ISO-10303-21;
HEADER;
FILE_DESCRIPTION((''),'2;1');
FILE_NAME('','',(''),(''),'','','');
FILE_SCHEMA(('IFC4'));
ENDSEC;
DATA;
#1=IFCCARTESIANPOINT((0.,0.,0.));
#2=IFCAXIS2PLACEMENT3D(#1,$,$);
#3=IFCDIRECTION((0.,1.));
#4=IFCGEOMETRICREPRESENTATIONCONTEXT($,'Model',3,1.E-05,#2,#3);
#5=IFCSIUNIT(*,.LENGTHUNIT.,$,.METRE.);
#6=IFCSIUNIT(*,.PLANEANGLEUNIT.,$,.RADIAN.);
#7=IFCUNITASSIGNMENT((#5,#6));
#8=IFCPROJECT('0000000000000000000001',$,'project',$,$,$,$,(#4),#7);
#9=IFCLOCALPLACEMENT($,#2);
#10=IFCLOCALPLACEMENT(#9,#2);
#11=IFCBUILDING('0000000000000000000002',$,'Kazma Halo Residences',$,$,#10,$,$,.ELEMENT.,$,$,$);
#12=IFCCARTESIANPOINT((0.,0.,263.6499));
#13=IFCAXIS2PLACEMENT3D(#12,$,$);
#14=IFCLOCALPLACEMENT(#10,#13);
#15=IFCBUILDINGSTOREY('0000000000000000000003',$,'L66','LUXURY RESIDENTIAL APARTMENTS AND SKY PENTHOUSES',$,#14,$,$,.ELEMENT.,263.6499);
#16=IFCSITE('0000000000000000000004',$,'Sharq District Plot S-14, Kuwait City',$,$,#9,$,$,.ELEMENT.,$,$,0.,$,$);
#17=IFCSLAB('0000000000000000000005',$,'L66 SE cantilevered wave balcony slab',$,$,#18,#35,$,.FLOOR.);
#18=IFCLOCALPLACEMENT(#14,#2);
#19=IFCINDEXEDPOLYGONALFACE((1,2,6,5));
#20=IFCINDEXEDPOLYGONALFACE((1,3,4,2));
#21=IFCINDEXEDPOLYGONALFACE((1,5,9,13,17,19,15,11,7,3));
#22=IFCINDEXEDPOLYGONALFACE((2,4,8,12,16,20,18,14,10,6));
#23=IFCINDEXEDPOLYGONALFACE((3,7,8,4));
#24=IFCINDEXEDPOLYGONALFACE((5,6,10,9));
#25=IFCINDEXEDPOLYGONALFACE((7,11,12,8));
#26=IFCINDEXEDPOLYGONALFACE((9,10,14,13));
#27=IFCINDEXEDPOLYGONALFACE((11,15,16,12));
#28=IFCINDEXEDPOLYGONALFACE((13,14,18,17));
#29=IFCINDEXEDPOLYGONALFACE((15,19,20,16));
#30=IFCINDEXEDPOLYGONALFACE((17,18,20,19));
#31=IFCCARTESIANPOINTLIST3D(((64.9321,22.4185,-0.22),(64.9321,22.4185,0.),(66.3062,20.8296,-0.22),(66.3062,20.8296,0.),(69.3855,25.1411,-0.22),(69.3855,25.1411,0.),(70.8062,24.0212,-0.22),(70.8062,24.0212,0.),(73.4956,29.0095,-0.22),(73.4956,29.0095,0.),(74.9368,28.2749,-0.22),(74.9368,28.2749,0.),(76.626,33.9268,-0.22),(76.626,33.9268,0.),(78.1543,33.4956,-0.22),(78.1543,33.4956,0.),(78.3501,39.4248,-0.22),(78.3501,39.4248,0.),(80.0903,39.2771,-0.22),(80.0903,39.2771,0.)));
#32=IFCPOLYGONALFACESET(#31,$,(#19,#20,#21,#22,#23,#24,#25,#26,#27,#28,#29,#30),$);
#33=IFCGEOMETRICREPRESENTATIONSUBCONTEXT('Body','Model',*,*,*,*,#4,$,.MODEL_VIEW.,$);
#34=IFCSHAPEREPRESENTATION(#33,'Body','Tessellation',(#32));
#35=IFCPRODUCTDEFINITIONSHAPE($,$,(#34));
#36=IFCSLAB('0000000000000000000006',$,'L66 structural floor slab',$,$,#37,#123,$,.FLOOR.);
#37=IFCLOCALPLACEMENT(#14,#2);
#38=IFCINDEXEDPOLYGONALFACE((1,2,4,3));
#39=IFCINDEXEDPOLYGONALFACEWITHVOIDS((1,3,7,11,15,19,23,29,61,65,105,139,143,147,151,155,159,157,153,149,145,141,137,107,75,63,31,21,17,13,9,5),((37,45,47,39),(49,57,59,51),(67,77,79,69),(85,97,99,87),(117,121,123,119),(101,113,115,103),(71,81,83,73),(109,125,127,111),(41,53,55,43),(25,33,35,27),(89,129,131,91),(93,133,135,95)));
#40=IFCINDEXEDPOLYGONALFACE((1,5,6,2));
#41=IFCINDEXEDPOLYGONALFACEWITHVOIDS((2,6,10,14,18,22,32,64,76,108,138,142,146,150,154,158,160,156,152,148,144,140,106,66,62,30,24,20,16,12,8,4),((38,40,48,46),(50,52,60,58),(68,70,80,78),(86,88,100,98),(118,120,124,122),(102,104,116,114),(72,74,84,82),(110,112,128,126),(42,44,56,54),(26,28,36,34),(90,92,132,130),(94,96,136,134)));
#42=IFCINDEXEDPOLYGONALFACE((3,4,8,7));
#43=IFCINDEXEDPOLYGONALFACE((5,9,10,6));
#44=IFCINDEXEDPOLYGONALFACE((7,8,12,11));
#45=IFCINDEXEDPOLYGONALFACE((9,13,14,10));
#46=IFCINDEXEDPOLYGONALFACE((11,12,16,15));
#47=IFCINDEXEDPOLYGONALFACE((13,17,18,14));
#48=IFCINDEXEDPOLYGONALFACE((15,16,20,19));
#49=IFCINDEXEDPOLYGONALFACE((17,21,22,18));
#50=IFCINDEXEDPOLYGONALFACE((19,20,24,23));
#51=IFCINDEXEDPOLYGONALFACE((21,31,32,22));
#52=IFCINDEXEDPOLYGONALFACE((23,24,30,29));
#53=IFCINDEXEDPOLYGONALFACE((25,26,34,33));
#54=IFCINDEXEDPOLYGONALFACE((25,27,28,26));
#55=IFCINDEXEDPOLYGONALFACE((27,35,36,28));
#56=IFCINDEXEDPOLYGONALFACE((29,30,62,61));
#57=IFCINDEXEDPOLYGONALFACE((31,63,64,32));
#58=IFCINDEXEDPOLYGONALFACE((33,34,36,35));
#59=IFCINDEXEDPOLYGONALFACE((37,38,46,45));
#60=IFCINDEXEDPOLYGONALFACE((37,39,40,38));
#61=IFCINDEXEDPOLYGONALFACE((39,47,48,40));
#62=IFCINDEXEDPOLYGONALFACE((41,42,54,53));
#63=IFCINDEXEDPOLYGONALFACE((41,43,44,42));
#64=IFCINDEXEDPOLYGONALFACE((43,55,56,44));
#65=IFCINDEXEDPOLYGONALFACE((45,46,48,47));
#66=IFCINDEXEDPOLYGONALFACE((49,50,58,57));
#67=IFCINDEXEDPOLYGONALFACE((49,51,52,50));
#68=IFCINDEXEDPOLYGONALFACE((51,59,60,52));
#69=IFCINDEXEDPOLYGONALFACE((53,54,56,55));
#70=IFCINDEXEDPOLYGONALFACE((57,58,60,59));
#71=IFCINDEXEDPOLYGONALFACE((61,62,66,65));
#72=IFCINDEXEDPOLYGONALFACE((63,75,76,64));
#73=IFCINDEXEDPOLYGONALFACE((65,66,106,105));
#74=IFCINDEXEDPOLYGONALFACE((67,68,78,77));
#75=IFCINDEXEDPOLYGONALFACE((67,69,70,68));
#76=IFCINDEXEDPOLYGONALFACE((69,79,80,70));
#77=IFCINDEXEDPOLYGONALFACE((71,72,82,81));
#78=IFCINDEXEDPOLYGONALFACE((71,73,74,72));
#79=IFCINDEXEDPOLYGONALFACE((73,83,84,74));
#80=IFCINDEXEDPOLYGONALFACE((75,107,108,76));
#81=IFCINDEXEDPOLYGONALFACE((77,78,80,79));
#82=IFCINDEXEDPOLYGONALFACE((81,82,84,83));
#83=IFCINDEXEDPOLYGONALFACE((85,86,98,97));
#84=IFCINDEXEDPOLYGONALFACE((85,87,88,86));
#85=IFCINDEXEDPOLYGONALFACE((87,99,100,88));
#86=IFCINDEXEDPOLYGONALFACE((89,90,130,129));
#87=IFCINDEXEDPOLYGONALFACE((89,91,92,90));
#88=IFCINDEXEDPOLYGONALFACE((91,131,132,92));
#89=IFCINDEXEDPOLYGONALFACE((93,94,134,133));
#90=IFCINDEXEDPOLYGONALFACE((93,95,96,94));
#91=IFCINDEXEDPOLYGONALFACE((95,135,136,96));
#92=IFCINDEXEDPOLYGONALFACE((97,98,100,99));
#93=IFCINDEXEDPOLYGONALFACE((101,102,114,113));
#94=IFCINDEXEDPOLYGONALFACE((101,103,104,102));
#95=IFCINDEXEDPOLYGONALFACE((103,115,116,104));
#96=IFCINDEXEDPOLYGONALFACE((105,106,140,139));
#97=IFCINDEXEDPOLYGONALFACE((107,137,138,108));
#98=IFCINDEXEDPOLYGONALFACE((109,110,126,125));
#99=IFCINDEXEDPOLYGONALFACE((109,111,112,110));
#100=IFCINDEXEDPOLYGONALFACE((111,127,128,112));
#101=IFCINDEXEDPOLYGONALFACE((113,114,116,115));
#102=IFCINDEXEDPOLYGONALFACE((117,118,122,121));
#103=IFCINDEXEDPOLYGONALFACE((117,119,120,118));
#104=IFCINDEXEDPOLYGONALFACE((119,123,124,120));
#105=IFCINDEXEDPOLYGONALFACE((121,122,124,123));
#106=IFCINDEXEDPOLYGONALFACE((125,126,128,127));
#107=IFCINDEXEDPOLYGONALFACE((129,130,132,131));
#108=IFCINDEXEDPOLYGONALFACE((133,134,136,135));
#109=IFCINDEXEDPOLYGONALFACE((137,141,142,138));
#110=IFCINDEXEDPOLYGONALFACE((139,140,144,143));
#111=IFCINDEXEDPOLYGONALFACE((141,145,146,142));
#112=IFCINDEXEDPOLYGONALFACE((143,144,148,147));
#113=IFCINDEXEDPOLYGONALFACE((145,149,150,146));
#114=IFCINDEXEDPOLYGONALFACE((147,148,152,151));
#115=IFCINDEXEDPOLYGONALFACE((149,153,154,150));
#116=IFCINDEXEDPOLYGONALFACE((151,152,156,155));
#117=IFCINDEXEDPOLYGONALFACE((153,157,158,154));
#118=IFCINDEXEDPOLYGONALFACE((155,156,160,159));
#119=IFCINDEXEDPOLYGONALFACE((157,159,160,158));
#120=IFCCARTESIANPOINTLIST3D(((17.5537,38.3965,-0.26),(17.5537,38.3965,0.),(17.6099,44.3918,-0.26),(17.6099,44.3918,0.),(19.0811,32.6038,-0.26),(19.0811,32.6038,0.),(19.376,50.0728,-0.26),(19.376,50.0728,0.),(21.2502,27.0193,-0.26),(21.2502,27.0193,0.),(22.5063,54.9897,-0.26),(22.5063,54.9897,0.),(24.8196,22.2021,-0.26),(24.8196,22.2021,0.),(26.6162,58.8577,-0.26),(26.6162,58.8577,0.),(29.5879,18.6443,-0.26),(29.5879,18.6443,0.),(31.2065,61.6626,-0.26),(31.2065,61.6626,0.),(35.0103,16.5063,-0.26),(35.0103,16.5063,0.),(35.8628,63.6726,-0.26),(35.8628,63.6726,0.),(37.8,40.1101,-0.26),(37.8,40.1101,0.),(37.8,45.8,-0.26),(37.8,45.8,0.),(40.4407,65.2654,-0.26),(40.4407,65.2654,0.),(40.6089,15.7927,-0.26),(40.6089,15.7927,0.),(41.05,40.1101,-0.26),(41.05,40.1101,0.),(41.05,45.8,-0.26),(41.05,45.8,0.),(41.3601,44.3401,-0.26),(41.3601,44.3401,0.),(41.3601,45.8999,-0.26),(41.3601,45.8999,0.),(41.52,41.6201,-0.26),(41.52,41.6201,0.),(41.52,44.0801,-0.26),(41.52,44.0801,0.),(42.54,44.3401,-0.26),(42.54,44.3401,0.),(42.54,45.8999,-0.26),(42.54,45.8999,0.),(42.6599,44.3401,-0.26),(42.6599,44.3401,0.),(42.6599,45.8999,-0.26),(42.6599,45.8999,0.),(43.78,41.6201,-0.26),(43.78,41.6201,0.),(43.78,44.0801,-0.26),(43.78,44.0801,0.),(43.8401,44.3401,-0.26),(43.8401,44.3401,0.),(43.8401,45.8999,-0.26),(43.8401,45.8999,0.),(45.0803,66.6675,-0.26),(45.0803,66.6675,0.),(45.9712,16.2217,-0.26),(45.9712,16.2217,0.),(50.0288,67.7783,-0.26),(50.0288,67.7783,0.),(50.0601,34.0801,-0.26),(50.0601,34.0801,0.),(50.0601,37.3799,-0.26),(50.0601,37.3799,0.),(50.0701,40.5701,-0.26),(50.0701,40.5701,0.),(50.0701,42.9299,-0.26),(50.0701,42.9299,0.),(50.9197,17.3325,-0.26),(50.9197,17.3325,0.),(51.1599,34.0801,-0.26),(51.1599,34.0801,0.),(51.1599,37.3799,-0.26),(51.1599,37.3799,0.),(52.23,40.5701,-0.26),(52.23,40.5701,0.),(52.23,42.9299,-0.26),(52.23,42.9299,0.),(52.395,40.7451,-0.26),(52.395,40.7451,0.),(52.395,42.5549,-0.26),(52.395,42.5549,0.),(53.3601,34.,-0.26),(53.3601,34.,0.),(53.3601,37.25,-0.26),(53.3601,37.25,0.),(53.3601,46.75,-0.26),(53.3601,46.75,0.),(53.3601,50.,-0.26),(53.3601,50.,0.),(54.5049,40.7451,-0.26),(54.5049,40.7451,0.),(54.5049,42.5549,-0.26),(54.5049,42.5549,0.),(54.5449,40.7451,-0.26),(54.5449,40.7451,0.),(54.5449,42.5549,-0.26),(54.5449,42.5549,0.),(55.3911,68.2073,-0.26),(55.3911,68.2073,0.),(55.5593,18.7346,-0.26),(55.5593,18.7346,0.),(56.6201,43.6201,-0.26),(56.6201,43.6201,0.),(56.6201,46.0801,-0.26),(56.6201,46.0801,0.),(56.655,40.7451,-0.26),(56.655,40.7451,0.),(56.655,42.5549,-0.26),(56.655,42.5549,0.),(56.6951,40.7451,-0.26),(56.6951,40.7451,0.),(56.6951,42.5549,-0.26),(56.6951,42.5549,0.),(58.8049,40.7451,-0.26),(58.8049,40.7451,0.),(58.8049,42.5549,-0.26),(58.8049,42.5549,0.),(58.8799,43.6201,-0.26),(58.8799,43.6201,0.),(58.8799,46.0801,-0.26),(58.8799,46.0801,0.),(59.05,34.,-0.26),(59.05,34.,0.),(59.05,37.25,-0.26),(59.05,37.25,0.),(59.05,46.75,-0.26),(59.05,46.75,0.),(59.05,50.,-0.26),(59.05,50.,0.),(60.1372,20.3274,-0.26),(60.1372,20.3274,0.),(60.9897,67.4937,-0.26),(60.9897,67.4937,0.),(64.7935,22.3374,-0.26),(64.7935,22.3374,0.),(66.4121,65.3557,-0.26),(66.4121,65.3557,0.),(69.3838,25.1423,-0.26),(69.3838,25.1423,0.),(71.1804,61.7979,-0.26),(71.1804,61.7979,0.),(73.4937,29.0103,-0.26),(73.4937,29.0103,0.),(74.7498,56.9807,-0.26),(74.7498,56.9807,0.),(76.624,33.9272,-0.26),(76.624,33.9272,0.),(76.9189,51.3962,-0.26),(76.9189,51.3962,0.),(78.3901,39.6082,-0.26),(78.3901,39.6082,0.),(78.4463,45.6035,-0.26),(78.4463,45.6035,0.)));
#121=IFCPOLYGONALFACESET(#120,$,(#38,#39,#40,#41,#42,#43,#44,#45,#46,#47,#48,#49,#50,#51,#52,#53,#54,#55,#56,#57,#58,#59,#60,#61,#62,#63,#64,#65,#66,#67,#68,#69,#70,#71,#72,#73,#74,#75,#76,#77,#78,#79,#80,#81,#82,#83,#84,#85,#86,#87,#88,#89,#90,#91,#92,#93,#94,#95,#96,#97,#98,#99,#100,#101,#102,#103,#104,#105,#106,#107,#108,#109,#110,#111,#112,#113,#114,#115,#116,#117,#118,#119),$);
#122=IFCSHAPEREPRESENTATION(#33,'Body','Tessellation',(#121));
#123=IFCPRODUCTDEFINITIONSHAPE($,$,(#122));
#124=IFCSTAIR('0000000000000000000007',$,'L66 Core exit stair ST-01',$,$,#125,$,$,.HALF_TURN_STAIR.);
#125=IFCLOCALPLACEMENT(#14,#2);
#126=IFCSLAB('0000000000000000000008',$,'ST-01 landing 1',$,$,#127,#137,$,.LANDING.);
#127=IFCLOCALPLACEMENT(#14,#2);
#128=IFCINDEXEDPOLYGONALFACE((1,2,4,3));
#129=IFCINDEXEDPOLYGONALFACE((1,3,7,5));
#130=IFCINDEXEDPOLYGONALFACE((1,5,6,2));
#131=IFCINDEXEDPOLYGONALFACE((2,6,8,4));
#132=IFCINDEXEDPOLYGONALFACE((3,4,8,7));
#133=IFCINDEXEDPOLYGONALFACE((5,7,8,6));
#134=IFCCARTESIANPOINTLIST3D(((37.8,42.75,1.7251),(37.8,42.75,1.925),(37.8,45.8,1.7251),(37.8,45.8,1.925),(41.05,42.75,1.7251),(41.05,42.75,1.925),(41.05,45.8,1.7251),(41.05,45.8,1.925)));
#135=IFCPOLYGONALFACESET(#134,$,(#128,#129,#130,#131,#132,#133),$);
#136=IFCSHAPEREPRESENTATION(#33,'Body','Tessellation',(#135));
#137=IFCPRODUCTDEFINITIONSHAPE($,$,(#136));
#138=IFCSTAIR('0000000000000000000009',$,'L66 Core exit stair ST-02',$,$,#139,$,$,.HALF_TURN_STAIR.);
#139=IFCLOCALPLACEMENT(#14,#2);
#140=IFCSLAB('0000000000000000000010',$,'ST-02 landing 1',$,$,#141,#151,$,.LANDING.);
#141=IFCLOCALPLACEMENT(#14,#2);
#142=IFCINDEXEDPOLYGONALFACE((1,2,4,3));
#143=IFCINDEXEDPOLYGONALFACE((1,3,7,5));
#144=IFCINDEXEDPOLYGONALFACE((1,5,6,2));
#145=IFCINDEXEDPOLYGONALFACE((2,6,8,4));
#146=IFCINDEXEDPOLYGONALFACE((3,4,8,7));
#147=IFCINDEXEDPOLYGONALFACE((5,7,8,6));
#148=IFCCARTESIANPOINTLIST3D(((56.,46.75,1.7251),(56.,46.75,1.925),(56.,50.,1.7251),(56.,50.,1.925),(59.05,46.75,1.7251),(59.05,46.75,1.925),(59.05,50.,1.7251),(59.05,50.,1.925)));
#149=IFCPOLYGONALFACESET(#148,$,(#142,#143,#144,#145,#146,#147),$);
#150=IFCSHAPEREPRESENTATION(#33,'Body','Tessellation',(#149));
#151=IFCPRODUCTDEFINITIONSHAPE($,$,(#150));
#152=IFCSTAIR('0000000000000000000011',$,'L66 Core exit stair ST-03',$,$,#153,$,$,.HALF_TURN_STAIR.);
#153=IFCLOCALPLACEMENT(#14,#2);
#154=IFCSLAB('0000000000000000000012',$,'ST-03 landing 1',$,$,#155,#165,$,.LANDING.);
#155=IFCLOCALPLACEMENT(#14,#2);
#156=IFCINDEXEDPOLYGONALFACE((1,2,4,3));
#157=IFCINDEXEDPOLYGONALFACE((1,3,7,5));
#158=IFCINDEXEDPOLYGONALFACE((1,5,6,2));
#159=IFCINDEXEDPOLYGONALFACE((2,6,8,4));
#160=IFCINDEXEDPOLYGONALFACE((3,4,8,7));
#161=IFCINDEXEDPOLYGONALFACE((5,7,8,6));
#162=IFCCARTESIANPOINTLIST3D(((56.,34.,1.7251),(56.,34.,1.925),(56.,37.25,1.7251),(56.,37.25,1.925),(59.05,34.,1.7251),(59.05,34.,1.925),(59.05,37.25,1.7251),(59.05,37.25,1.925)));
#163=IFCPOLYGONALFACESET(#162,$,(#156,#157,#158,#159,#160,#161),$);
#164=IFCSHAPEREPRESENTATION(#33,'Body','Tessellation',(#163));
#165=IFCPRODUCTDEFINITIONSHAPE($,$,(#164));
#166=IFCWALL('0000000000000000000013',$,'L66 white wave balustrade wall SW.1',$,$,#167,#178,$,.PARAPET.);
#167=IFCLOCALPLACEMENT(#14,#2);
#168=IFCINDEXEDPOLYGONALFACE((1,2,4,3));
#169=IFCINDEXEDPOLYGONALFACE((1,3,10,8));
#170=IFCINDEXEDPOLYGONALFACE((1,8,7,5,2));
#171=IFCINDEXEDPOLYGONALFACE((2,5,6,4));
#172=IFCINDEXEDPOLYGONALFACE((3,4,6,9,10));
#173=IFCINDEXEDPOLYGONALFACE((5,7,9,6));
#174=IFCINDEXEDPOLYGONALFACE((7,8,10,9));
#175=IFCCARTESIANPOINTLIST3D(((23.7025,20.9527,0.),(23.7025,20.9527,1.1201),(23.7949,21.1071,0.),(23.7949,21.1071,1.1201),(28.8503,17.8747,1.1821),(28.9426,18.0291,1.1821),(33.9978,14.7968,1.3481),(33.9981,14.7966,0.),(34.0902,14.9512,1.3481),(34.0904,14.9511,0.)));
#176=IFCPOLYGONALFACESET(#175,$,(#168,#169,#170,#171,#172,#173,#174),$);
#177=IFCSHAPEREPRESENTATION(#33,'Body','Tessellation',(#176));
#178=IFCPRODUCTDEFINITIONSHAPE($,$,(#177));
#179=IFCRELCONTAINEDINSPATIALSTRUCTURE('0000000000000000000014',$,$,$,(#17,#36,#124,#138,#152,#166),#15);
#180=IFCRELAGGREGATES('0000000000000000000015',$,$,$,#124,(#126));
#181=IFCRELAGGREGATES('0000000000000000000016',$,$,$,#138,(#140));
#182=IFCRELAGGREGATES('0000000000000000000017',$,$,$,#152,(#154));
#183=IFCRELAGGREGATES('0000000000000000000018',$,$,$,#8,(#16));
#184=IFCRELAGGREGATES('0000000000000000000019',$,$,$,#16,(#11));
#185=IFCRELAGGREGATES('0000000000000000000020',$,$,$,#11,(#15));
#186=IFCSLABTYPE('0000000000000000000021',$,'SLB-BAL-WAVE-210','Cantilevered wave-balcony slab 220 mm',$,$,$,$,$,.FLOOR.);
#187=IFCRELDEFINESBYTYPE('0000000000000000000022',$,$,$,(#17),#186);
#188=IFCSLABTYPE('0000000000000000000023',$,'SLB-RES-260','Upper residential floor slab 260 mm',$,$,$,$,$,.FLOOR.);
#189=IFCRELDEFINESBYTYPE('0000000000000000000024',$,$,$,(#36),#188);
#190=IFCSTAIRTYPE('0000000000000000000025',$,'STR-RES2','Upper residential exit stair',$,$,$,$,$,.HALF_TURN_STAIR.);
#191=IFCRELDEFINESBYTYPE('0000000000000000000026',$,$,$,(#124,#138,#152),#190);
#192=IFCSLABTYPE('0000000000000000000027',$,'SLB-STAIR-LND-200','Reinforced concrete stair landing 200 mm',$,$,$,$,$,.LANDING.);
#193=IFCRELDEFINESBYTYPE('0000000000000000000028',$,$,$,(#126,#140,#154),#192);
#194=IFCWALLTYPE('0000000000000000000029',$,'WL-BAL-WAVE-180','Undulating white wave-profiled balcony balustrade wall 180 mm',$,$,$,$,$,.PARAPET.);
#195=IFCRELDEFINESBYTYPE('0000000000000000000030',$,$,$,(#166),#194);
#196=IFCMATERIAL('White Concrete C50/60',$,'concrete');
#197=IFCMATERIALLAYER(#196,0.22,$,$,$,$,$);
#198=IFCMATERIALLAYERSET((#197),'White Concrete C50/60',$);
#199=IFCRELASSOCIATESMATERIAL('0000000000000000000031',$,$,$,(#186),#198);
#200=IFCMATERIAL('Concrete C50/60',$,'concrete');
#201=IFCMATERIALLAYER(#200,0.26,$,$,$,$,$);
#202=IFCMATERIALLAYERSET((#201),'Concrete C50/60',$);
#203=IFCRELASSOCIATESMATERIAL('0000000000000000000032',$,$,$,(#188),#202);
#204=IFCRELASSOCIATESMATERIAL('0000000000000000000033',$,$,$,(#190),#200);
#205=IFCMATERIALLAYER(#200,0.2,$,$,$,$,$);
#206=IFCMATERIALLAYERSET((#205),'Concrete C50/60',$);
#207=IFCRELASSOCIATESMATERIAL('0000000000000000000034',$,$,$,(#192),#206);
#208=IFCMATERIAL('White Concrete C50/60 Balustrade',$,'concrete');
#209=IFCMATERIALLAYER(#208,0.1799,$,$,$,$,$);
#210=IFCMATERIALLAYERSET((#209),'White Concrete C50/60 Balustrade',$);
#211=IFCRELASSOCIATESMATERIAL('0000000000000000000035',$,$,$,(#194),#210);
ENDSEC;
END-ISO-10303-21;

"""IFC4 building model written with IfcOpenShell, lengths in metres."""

from ifc_helpers import new_model, si_unit, direction, frame, origin, place, context, subcontext, project, spatial, polyline, outline, extrude, material, layer, layer_set, type_object, element, aggregate, save


model = new_model("IFC4")

# Units and contexts
model_context = context("Model", 3, precision=1e-05, world=origin(), true_north=direction((0.0, 1.0)))
body_context = subcontext(model_context, "Body", "Model", "MODEL_VIEW")
ifc_project = project(units=[si_unit("LENGTHUNIT", "METRE"), si_unit("PLANEANGLEUNIT", "RADIAN")], contexts=[model_context])

# Site, building, storey
site_placement = place(None, origin())
site = spatial("IfcSite", under=ifc_project, at=site_placement, Name="Sharq District Plot S-14, Kuwait City", CompositionType="ELEMENT", RefElevation=0.0)
building_placement = place(site_placement, origin())
building = spatial("IfcBuilding", under=site, at=building_placement, Name="Kazma Halo Residences", CompositionType="ELEMENT")
storey_placement = place(building_placement, frame((0.0, 0.0, 263.6499)))
storey = spatial("IfcBuildingStorey", under=building, at=storey_placement, Name="L66", Description="LUXURY RESIDENTIAL APARTMENTS AND SKY PENTHOUSES", CompositionType="ELEMENT", Elevation=263.6499)

# Slabs
ifc_material_1 = material(Name="White Concrete C50/60", Category="concrete")
ifc_layer_1 = layer(ifc_material_1, 0.22)
ifc_layer_set_1 = layer_set([ifc_layer_1], Name="White Concrete C50/60")
slab_type_1 = type_object("IfcSlabType", Name="SLB-BAL-WAVE-210", Description="Cantilevered wave-balcony slab 220 mm", PredefinedType="FLOOR", material=ifc_layer_set_1)
slab_1_placement = place(storey_placement, frame((0.0, 0.0, -0.22)))
element("IfcSlab", 1, at=slab_1_placement, inside=storey, type_object=slab_type_1, Name="L66 SE cantilevered wave balcony slab", PredefinedType="FLOOR", context=body_context, shape_type="SweptSolid", body=[
    extrude(outline(polyline([(64.9321, 22.4185), (69.3855, 25.1411), (73.4956, 29.0095), (76.626, 33.9268), (78.3501, 39.4248), (80.0903, 39.2771), (78.1543, 33.4956), (74.9368, 28.2749), (70.8062, 24.0212), (66.3062, 20.8296), (64.9321, 22.4185)])), origin(), (0.0, 0.0, 1.0), 0.22),
])
ifc_material_2 = material(Name="Concrete C50/60", Category="concrete")
ifc_layer_2 = layer(ifc_material_2, 0.26)
ifc_layer_set_2 = layer_set([ifc_layer_2], Name="Concrete C50/60")
slab_type_2 = type_object("IfcSlabType", Name="SLB-RES-260", Description="Upper residential floor slab 260 mm", PredefinedType="FLOOR", material=ifc_layer_set_2)
slab_2_placement = place(storey_placement, frame((0.0, 0.0, -0.26)))
element("IfcSlab", 2, at=slab_2_placement, inside=storey, type_object=slab_type_2, Name="L66 structural floor slab", PredefinedType="FLOOR", context=body_context, shape_type="SweptSolid", body=[
    extrude(outline(polyline([(76.9189, 51.3962), (74.7498, 56.9807), (71.1804, 61.7979), (66.4121, 65.3557), (60.9897, 67.4937), (55.3911, 68.2073), (50.0288, 67.7783), (45.0803, 66.6675), (40.4407, 65.2654), (35.8628, 63.6726), (31.2065, 61.6626), (26.6162, 58.8577), (22.5063, 54.9897), (19.376, 50.0728), (17.6099, 44.3918), (17.5537, 38.3965), (19.0811, 32.6038), (21.2502, 27.0193), (24.8196, 22.2021), (29.5879, 18.6443), (35.0103, 16.5063), (40.6089, 15.7927), (45.9712, 16.2217), (50.9197, 17.3325), (55.5593, 18.7346), (60.1372, 20.3274), (64.7935, 22.3374), (69.3838, 25.1423), (73.4937, 29.0103), (76.624, 33.9272), (78.3901, 39.6082), (78.4463, 45.6035), (76.9189, 51.3962)]), holes=[polyline([(37.8, 40.1101), (41.05, 40.1101), (41.05, 45.8), (37.8, 45.8), (37.8, 40.1101)]), polyline([(53.3601, 46.75), (59.05, 46.75), (59.05, 50.0), (53.3601, 50.0), (53.3601, 46.75)]), polyline([(53.3601, 34.0), (59.05, 34.0), (59.05, 37.25), (53.3601, 37.25), (53.3601, 34.0)]), polyline([(41.52, 41.6201), (43.78, 41.6201), (43.78, 44.0801), (41.52, 44.0801), (41.52, 41.6201)]), polyline([(56.6201, 43.6201), (58.8799, 43.6201), (58.8799, 46.0801), (56.6201, 46.0801), (56.6201, 43.6201)]), polyline([(52.395, 40.7451), (54.5049, 40.7451), (54.5049, 42.5549), (52.395, 42.5549), (52.395, 40.7451)]), polyline([(54.5449, 40.7451), (56.655, 40.7451), (56.655, 42.5549), (54.5449, 42.5549), (54.5449, 40.7451)]), polyline([(56.6951, 40.7451), (58.8049, 40.7451), (58.8049, 42.5549), (56.6951, 42.5549), (56.6951, 40.7451)]), polyline([(50.0701, 40.5701), (52.23, 40.5701), (52.23, 42.9299), (50.0701, 42.9299), (50.0701, 40.5701)]), polyline([(41.3601, 44.3401), (42.54, 44.3401), (42.54, 45.8999), (41.3601, 45.8999), (41.3601, 44.3401)]), polyline([(42.6599, 44.3401), (43.8401, 44.3401), (43.8401, 45.8999), (42.6599, 45.8999), (42.6599, 44.3401)]), polyline([(50.0601, 34.0801), (51.1599, 34.0801), (51.1599, 37.3799), (50.0601, 37.3799), (50.0601, 34.0801)])]), origin(), (0.0, 0.0, 1.0), 0.26),
])

# Stairs, slabs
stair_type = type_object("IfcStairType", Name="STR-RES2", Description="Upper residential exit stair", PredefinedType="HALF_TURN_STAIR", material=ifc_material_2)
stair_1_placement = place(storey_placement, origin())
stair_1 = element("IfcStair", 3, at=stair_1_placement, inside=storey, type_object=stair_type, Name="L66 Core exit stair ST-01", PredefinedType="HALF_TURN_STAIR")
ifc_layer_3 = layer(ifc_material_2, 0.2)
ifc_layer_set_3 = layer_set([ifc_layer_3], Name="Concrete C50/60")
slab_type_3 = type_object("IfcSlabType", Name="SLB-STAIR-LND-200", Description="Reinforced concrete stair landing 200 mm", PredefinedType="LANDING", material=ifc_layer_set_3)
slab_3_placement = place(storey_placement, frame((0.0, 0.0, 1.7251)))
slab_3 = element("IfcSlab", 4, at=slab_3_placement, type_object=slab_type_3, Name="ST-01 landing 1", PredefinedType="LANDING", context=body_context, shape_type="SweptSolid", body=[
    extrude(outline(polyline([(41.05, 42.75), (41.05, 45.8), (37.8, 45.8), (37.8, 42.75), (41.05, 42.75)])), origin(), (0.0, 0.0, 1.0), 0.2),
])
aggregate(stair_1, [slab_3])
stair_2_placement = place(storey_placement, origin())
stair_2 = element("IfcStair", 5, at=stair_2_placement, inside=storey, type_object=stair_type, Name="L66 Core exit stair ST-02", PredefinedType="HALF_TURN_STAIR")
slab_4_placement = place(storey_placement, frame((0.0, 0.0, 1.7251)))
slab_4 = element("IfcSlab", 6, at=slab_4_placement, type_object=slab_type_3, Name="ST-02 landing 1", PredefinedType="LANDING", context=body_context, shape_type="SweptSolid", body=[
    extrude(outline(polyline([(56.0, 46.75), (59.05, 46.75), (59.05, 50.0), (56.0, 50.0), (56.0, 46.75)])), origin(), (0.0, 0.0, 1.0), 0.2),
])
aggregate(stair_2, [slab_4])
stair_3_placement = place(storey_placement, origin())
stair_3 = element("IfcStair", 7, at=stair_3_placement, inside=storey, type_object=stair_type, Name="L66 Core exit stair ST-03", PredefinedType="HALF_TURN_STAIR")
slab_5_placement = place(storey_placement, frame((0.0, 0.0, 1.7251)))
slab_5 = element("IfcSlab", 8, at=slab_5_placement, type_object=slab_type_3, Name="ST-03 landing 1", PredefinedType="LANDING", context=body_context, shape_type="SweptSolid", body=[
    extrude(outline(polyline([(56.0, 34.0), (59.05, 34.0), (59.05, 37.25), (56.0, 37.25), (56.0, 34.0)])), origin(), (0.0, 0.0, 1.0), 0.2),
])
aggregate(stair_3, [slab_5])

# Wall
ifc_material_3 = material(Name="White Concrete C50/60 Balustrade", Category="concrete")
ifc_layer_4 = layer(ifc_material_3, 0.1799)
ifc_layer_set_4 = layer_set([ifc_layer_4], Name="White Concrete C50/60 Balustrade")
wall_type_1 = type_object("IfcWallType", Name="WL-BAL-WAVE-180", Description="Undulating white wave-profiled balcony balustrade wall 180 mm", PredefinedType="PARAPET", material=ifc_layer_set_4)
wall_1_placement = place(storey_placement, frame((23.7488, 21.03, 0.0), z_axis=(0.0, 0.0, 1.0), x_axis=(0.858273, -0.513193, 0.0)))
element("IfcWall", 9, at=wall_1_placement, inside=storey, type_object=wall_type_1, Name="L66 white wave balustrade wall SW.1", PredefinedType="PARAPET", context=body_context, shape_type="SweptSolid", body=[
    extrude(outline(polyline([(0.0, 0.0), (11.9956, 0.0), (11.9954, 1.3481), (5.9978, 1.1821), (0.0, 1.1201), (0.0, 0.0)])), frame((0.0, 0.0898, 0.0), z_axis=(0.0, -1.0, 0.0), x_axis=(1.0, 0.0, 0.0)), (0.0, 0.0, 1.0), 0.1799),
])

save(model, "model.ifc")
